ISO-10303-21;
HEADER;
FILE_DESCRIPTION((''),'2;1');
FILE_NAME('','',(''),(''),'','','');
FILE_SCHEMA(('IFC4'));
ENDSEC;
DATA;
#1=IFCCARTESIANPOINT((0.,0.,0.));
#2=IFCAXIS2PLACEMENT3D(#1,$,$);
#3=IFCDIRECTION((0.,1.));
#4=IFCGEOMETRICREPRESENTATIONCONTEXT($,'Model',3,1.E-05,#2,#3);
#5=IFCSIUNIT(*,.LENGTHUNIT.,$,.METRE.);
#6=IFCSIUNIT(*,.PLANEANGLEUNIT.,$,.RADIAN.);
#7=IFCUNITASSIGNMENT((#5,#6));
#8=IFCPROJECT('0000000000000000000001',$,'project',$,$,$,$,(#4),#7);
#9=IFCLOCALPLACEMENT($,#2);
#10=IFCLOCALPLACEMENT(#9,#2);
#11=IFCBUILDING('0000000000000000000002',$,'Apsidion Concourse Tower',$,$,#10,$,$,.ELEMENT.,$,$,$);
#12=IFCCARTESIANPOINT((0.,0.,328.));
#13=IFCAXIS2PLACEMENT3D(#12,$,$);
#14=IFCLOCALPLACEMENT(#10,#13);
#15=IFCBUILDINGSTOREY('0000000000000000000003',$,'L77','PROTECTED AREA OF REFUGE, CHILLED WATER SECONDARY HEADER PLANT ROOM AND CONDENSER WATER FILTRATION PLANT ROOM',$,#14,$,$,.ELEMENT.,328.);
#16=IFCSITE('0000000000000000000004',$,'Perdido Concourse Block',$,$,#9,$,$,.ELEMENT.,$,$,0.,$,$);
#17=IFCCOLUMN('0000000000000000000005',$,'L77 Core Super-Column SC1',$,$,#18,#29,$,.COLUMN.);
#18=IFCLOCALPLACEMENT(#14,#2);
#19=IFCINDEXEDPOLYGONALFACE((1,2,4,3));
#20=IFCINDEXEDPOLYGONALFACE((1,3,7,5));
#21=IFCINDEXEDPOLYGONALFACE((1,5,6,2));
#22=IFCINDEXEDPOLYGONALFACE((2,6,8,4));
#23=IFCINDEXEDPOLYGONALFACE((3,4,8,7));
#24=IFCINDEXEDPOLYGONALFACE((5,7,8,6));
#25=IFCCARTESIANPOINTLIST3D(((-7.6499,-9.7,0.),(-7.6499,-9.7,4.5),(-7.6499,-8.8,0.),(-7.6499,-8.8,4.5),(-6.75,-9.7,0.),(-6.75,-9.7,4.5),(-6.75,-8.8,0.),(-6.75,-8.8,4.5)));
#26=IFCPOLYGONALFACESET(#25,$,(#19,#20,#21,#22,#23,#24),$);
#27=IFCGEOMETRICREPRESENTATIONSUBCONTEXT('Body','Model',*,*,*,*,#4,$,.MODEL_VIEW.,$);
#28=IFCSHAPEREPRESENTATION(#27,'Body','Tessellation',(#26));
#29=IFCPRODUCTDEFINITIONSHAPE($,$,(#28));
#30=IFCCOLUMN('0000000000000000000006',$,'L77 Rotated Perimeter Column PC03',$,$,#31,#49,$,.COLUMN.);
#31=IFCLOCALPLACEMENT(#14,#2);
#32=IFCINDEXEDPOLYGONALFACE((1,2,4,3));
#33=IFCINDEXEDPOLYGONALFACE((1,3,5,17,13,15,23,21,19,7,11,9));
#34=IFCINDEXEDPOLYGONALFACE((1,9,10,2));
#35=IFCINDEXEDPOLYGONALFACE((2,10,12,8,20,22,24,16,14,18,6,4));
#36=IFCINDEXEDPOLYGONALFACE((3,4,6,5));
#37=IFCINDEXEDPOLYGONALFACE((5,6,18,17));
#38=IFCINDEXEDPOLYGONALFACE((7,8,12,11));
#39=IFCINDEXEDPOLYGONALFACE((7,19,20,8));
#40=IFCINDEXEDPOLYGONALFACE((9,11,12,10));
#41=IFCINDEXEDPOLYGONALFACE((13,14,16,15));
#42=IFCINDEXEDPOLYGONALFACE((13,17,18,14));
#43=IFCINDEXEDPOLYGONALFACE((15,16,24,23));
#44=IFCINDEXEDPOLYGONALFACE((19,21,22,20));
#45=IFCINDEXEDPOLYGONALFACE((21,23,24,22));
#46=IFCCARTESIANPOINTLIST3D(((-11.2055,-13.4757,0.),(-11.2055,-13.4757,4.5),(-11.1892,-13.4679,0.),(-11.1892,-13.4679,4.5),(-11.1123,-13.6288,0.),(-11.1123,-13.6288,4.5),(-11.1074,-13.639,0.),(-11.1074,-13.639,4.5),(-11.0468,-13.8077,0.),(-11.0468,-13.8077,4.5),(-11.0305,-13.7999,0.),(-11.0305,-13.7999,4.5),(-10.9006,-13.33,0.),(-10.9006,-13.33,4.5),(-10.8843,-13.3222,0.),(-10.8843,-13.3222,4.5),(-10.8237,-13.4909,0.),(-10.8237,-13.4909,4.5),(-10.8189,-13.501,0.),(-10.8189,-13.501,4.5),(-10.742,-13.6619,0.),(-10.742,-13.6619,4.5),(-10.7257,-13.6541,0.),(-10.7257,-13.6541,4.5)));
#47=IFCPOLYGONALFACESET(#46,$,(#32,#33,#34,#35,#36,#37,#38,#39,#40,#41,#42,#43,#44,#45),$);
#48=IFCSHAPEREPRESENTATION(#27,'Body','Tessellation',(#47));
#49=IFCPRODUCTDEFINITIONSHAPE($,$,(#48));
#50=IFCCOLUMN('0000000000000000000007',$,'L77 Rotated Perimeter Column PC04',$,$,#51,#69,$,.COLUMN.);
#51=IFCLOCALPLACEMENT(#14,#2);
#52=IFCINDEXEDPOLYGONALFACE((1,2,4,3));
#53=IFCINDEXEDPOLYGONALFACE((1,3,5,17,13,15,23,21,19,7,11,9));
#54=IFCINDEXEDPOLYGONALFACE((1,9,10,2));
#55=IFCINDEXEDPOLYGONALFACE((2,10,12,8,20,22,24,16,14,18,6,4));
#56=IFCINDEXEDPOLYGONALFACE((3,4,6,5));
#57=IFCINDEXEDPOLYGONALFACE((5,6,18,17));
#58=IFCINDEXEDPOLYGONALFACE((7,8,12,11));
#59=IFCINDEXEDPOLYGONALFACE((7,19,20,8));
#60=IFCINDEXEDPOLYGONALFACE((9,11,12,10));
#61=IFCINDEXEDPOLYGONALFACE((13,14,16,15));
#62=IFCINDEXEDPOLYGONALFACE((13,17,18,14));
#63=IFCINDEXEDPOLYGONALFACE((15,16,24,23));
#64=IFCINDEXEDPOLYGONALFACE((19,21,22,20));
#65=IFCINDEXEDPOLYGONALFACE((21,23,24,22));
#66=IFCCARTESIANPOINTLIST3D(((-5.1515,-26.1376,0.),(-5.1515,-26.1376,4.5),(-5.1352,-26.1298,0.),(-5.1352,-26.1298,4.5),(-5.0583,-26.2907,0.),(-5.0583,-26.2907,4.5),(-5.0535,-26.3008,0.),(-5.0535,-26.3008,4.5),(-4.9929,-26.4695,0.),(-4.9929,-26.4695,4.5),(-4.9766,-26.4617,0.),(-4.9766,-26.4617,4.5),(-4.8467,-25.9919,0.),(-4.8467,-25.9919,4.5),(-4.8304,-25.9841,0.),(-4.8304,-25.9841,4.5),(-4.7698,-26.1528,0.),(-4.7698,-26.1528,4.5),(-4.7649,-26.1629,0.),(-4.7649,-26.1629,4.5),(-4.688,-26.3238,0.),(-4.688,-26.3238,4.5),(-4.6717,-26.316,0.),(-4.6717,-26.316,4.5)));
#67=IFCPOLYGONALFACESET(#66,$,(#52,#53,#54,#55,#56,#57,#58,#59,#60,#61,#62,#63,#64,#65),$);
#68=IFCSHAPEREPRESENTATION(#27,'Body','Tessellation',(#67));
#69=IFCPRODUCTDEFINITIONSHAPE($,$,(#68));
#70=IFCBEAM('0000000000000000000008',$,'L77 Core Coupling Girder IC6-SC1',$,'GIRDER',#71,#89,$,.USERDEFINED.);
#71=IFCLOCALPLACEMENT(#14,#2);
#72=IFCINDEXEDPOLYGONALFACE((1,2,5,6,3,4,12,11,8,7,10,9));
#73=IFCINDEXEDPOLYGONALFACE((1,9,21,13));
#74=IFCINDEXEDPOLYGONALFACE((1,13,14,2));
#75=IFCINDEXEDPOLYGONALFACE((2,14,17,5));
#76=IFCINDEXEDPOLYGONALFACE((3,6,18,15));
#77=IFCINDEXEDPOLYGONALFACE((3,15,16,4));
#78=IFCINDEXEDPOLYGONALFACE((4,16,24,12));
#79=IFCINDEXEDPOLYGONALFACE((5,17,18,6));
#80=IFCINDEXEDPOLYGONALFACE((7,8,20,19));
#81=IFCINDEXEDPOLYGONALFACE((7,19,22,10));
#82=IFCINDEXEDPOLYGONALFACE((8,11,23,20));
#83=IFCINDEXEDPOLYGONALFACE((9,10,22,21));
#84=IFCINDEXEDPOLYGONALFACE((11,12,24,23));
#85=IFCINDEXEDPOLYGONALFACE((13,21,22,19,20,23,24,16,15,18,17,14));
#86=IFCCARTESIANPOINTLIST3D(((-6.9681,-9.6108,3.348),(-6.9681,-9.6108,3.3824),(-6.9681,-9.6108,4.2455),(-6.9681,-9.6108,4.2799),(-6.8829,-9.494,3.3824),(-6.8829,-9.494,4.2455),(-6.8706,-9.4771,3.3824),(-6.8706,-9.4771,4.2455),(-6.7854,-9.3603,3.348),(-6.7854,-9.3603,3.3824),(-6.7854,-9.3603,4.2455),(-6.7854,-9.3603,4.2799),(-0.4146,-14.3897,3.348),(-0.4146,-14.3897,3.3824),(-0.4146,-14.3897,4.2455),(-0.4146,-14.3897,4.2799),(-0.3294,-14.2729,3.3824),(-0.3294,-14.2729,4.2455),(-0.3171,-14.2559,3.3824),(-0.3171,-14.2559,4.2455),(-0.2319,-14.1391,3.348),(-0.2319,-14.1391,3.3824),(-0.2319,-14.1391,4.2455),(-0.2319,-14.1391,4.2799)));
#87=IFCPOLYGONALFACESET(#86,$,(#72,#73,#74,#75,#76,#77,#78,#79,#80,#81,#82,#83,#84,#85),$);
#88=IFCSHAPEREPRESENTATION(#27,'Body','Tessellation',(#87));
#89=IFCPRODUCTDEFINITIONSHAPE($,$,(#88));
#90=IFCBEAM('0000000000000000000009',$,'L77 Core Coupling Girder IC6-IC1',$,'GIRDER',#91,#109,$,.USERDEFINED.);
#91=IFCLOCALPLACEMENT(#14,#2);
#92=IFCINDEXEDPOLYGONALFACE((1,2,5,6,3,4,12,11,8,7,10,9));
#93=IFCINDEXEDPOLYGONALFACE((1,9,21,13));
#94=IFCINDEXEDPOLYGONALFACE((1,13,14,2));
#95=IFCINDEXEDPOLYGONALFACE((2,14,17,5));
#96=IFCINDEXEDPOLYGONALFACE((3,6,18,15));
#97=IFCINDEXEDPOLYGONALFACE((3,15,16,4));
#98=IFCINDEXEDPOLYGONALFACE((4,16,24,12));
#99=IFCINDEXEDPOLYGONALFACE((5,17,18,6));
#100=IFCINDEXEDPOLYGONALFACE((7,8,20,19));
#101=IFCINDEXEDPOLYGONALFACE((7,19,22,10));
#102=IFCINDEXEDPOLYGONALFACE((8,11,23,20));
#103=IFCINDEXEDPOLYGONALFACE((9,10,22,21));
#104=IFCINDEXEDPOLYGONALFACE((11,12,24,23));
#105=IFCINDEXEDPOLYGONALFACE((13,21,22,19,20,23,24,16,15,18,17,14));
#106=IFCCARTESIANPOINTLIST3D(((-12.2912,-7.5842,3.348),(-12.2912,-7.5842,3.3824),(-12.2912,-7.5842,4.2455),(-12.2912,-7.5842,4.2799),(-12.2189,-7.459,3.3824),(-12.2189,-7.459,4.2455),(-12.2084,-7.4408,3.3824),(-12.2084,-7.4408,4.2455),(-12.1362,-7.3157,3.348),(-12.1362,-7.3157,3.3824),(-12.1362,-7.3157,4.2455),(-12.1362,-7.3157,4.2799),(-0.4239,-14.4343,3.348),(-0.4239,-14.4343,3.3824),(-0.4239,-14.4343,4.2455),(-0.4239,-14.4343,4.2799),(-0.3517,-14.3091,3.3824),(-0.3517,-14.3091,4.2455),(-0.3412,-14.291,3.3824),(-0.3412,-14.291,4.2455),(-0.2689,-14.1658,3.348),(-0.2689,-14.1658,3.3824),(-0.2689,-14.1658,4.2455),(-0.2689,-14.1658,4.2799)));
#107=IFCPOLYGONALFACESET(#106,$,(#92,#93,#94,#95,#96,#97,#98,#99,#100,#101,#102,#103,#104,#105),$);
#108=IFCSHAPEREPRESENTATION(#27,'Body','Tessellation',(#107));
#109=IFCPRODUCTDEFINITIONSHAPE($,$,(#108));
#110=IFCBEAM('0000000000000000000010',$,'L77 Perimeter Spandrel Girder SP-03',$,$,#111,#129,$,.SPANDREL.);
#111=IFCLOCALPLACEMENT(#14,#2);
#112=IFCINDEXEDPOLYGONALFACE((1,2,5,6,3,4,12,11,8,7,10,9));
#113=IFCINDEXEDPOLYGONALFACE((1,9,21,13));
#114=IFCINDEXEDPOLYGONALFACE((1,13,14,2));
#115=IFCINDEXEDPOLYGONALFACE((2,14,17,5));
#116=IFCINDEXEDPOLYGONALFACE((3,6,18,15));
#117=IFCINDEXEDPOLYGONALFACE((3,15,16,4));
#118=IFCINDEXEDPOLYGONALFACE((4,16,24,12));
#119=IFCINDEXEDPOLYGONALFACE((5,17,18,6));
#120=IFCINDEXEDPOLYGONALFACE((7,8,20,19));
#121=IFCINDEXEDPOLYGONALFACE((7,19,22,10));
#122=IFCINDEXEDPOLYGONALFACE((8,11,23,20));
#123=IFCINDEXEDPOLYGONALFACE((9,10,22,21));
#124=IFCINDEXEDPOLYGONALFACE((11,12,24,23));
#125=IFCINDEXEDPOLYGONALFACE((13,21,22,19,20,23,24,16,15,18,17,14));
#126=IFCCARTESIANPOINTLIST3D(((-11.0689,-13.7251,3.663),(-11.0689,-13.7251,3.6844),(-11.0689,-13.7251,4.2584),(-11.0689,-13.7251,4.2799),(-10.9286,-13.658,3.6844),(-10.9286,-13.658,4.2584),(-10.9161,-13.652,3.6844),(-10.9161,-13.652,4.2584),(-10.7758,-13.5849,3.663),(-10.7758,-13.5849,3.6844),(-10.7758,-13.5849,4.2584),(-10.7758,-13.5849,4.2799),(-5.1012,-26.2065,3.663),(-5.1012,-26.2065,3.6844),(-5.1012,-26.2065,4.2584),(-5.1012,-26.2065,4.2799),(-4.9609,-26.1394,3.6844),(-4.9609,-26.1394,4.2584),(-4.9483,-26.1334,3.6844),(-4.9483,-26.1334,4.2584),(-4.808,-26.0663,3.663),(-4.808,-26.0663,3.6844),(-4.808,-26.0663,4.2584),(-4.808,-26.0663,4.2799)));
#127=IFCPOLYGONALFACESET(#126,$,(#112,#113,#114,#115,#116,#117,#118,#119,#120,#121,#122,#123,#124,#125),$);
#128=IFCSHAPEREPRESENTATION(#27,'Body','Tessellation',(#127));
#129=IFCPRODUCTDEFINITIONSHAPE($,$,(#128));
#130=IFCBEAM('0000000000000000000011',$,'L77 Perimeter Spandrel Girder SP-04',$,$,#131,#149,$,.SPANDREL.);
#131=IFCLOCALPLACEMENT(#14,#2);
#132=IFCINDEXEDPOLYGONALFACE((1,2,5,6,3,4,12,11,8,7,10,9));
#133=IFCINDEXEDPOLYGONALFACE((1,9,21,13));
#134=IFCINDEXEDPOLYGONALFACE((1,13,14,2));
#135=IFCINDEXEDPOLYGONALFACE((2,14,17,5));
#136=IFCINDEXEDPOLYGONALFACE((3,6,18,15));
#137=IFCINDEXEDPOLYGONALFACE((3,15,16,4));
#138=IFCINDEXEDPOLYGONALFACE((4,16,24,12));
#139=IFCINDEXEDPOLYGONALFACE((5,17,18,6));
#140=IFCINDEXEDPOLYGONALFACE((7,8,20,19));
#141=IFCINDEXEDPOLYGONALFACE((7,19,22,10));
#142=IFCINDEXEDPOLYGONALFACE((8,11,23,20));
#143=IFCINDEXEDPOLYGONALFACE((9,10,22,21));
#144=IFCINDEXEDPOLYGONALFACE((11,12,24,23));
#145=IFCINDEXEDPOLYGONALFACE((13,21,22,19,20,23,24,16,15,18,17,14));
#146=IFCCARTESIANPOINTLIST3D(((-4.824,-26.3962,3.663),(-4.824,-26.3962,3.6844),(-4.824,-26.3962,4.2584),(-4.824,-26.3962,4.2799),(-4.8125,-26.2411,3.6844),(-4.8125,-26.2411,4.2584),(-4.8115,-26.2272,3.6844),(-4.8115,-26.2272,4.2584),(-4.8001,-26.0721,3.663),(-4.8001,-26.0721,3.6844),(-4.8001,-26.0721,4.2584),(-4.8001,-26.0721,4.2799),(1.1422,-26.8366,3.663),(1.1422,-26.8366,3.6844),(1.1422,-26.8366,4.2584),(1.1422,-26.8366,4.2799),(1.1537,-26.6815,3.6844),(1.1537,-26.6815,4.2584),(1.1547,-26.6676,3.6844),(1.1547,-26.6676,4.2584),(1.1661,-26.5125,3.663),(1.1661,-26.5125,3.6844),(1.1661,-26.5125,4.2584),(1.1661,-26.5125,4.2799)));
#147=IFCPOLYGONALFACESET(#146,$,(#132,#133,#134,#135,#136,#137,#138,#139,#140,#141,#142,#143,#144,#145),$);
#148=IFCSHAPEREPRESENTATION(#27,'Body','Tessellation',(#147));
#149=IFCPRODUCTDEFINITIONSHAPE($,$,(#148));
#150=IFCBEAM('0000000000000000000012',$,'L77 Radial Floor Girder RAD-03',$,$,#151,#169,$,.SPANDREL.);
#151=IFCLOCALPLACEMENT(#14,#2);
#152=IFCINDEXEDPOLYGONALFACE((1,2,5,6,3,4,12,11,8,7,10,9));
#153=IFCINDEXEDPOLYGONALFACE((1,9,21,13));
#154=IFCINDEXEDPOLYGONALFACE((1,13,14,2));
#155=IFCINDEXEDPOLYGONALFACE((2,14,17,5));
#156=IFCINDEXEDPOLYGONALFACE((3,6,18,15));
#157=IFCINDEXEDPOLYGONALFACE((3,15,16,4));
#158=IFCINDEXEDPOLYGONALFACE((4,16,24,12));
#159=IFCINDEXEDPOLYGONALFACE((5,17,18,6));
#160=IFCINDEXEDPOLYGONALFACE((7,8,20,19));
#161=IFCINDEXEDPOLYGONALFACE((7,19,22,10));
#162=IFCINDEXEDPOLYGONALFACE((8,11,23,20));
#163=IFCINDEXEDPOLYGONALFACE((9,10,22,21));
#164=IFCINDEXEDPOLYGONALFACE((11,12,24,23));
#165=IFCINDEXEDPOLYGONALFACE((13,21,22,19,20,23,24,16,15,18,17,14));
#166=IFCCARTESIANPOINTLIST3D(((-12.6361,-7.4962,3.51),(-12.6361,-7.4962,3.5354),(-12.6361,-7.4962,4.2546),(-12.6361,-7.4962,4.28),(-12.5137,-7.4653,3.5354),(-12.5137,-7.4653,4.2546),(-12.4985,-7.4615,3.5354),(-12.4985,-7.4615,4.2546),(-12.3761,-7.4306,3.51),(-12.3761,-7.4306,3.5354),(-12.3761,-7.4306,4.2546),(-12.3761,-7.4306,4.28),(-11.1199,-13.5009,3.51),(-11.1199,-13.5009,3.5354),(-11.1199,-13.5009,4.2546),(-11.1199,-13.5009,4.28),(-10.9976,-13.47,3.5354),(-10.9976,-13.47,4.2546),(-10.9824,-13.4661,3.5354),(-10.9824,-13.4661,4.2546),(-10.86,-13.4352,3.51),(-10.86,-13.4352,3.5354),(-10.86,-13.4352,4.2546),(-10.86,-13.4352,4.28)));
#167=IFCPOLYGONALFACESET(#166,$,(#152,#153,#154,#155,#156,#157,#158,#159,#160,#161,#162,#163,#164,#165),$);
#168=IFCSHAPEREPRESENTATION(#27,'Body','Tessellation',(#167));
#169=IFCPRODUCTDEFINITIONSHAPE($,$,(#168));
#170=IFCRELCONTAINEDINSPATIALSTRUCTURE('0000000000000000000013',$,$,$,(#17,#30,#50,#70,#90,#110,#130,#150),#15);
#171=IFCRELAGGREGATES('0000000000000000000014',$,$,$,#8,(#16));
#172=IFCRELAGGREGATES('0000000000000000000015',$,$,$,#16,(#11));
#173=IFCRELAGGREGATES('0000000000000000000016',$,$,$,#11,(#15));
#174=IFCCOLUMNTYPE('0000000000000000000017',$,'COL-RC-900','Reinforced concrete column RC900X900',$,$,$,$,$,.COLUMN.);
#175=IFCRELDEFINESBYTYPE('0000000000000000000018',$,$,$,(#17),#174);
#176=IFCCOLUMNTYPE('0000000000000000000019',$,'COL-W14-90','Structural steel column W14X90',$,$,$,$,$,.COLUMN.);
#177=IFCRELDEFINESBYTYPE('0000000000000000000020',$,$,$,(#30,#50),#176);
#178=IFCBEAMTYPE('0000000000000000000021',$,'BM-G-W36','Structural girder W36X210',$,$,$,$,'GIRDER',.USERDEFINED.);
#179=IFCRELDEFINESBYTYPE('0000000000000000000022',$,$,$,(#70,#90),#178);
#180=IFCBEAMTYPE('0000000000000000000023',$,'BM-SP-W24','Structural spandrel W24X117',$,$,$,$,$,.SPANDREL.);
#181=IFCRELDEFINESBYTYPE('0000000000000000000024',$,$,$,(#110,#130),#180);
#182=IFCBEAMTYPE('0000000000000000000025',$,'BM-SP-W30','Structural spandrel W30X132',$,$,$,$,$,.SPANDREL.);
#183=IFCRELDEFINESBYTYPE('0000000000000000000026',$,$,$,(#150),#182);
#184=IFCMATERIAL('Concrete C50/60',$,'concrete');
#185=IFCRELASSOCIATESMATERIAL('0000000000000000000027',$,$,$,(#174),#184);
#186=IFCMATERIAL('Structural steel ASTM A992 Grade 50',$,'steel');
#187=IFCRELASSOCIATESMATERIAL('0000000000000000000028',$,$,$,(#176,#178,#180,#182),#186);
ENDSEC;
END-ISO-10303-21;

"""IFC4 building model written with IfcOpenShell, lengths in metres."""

from ifc_helpers import new_model, si_unit, direction, frame, origin, origin_2d, place, context, subcontext, project, spatial, rectangle, i_section, extrude, material, material_profile, profile_set, type_object, element, save


model = new_model("IFC4")

# Units and contexts
model_context = context("Model", 3, precision=1e-05, world=origin(), true_north=direction((0.0, 1.0)))
body_context = subcontext(model_context, "Body", "Model", "MODEL_VIEW")
ifc_project = project(units=[si_unit("LENGTHUNIT", "METRE"), si_unit("PLANEANGLEUNIT", "RADIAN")], contexts=[model_context])

# Site, building, storey
site_placement = place(None, origin())
site = spatial("IfcSite", under=ifc_project, at=site_placement, Name="Perdido Concourse Block", CompositionType="ELEMENT", RefElevation=0.0)
building_placement = place(site_placement, origin())
building = spatial("IfcBuilding", under=site, at=building_placement, Name="Apsidion Concourse Tower", CompositionType="ELEMENT")
storey_placement = place(building_placement, frame((0.0, 0.0, 328.0)))
storey = spatial("IfcBuildingStorey", under=building, at=storey_placement, Name="L77", Description="PROTECTED AREA OF REFUGE, CHILLED WATER SECONDARY HEADER PLANT ROOM AND CONDENSER WATER FILTRATION PLANT ROOM", CompositionType="ELEMENT", Elevation=328.0)

# Columns
ifc_material_1 = material(Name="Concrete C50/60", Category="concrete")
ifc_material_profile_1 = material_profile(ifc_material_1, rectangle(XDim=0.8999, YDim=0.8999, at=origin_2d()), Name="RC 900x900")
ifc_profile_set_1 = profile_set([ifc_material_profile_1], Name="Concrete C50/60")
column_type_1 = type_object("IfcColumnType", Name="COL-RC-900", Description="Reinforced concrete column RC900X900", PredefinedType="COLUMN", material=ifc_profile_set_1)
column_placement = place(storey_placement, frame((-7.2, -9.25, 0.0), z_axis=(0.0, 0.0, 1.0), x_axis=(1.0, 0.0, 0.0)))
element("IfcColumn", 1, at=column_placement, inside=storey, type_object=column_type_1, Name="L77 Core Super-Column SC1", PredefinedType="COLUMN", context=body_context, shape_type="SweptSolid", body=[
    extrude(rectangle(XDim=0.8999, YDim=0.8999, at=origin_2d()), origin(), (0.0, 0.0, 1.0), 4.5),
])
ifc_material_2 = material(Name="Structural steel ASTM A992 Grade 50", Category="steel")
ifc_material_profile_2 = material_profile(ifc_material_2, i_section(OverallWidth=0.3679, OverallDepth=0.356, WebThickness=0.0112, FlangeThickness=0.0181, at=origin_2d()), Name="W14X90")
ifc_profile_set_2 = profile_set([ifc_material_profile_2], Name="Structural steel ASTM A992 Grade 50")
column_type_2 = type_object("IfcColumnType", Name="COL-W14-90", Description="Structural steel column W14X90", PredefinedType="COLUMN", material=ifc_profile_set_2)
for number, where, z_axis, x_axis, name in (
    (2, (-10.9656, -13.5649, 0.0), (0.0, 0.0, 1.0), (-0.431299, 0.902209, 0.0), "L77 Rotated Perimeter Column PC03"),
    (3, (-4.9116, -26.2268, 0.0), (0.0, 0.0, 1.0), (-0.431299, 0.902209, 0.0), "L77 Rotated Perimeter Column PC04"),
):
    element("IfcColumn", number, at=place(storey_placement, frame(where, z_axis=z_axis, x_axis=x_axis)), inside=storey, type_object=column_type_2, Name=name, PredefinedType="COLUMN", context=body_context, shape_type="SweptSolid", body=[
        extrude(i_section(OverallWidth=0.3679, OverallDepth=0.356, WebThickness=0.0112, FlangeThickness=0.0181, at=origin_2d()), origin(), (0.0, 0.0, 1.0), 4.5),
    ])

# Beams
ifc_material_profile_3 = material_profile(ifc_material_2, i_section(OverallWidth=0.3101, OverallDepth=0.9319, WebThickness=0.021, FlangeThickness=0.0344, at=origin_2d()), Name="W36X210")
ifc_profile_set_3 = profile_set([ifc_material_profile_3], Name="Structural steel ASTM A992 Grade 50")
beam_type_1 = type_object("IfcBeamType", Name="BM-G-W36", Description="Structural girder W36X210", ElementType="GIRDER", PredefinedType="USERDEFINED", material=ifc_profile_set_3)
beam_1_placement = place(storey_placement, frame((-0.3232, -14.2644, 3.814), z_axis=(-0.807993, 0.589191, 0.0), x_axis=(-0.589191, -0.807993, 0.0)))
element("IfcBeam", 4, at=beam_1_placement, inside=storey, type_object=beam_type_1, Name="L77 Core Coupling Girder IC6-SC1", ObjectType="GIRDER", PredefinedType="USERDEFINED", context=body_context, shape_type="SweptSolid", body=[
    extrude(i_section(OverallWidth=0.3101, OverallDepth=0.9319, WebThickness=0.021, FlangeThickness=0.0344, at=origin_2d()), origin(), (0.0, 0.0, 1.0), 8.1108),
])
beam_2_placement = place(storey_placement, frame((-0.3464, -14.3, 3.814), z_axis=(-0.86607, 0.499922, 0.0), x_axis=(-0.499922, -0.86607, 0.0)))
element("IfcBeam", 5, at=beam_2_placement, inside=storey, type_object=beam_type_1, Name="L77 Core Coupling Girder IC6-IC1", ObjectType="GIRDER", PredefinedType="USERDEFINED", context=body_context, shape_type="SweptSolid", body=[
    extrude(i_section(OverallWidth=0.3101, OverallDepth=0.9319, WebThickness=0.021, FlangeThickness=0.0344, at=origin_2d()), origin(), (0.0, 0.0, 1.0), 13.7024),
])
ifc_material_profile_4 = material_profile(ifc_material_2, i_section(OverallWidth=0.325, OverallDepth=0.6169, WebThickness=0.0139, FlangeThickness=0.0215, at=origin_2d()), Name="W24X117")
ifc_profile_set_4 = profile_set([ifc_material_profile_4], Name="Structural steel ASTM A992 Grade 50")
beam_type_2 = type_object("IfcBeamType", Name="BM-SP-W24", Description="Structural spandrel W24X117", PredefinedType="SPANDREL", material=ifc_profile_set_4)
beam_3_placement = place(storey_placement, frame((-10.9224, -13.655, 3.9714), z_axis=(0.431361, -0.90218, 0.0), x_axis=(0.90218, 0.431361, 0.0)))
element("IfcBeam", 6, at=beam_3_placement, inside=storey, type_object=beam_type_2, Name="L77 Perimeter Spandrel Girder SP-03", PredefinedType="SPANDREL", context=body_context, shape_type="SweptSolid", body=[
    extrude(i_section(OverallWidth=0.325, OverallDepth=0.6169, WebThickness=0.0139, FlangeThickness=0.0215, at=origin_2d()), origin(), (0.0, 0.0, 1.0), 13.8347),
])
beam_4_placement = place(storey_placement, frame((-4.812, -26.2341, 3.9714), z_axis=(0.997286, -0.073619, 0.0), x_axis=(0.073619, 0.997286, 0.0)))
element("IfcBeam", 7, at=beam_4_placement, inside=storey, type_object=beam_type_2, Name="L77 Perimeter Spandrel Girder SP-04", PredefinedType="SPANDREL", context=body_context, shape_type="SweptSolid", body=[
    extrude(i_section(OverallWidth=0.325, OverallDepth=0.6169, WebThickness=0.0139, FlangeThickness=0.0215, at=origin_2d()), origin(), (0.0, 0.0, 1.0), 5.9824),
])
ifc_material_profile_5 = material_profile(ifc_material_2, i_section(OverallWidth=0.2681, OverallDepth=0.77, WebThickness=0.0156, FlangeThickness=0.0254, at=origin_2d()), Name="W30X132")
ifc_profile_set_5 = profile_set([ifc_material_profile_5], Name="Structural steel ASTM A992 Grade 50")
beam_type_3 = type_object("IfcBeamType", Name="BM-SP-W30", Description="Structural spandrel W30X132", PredefinedType="SPANDREL", material=ifc_profile_set_5)
beam_5_placement = place(storey_placement, frame((-12.5061, -7.4634, 3.895), z_axis=(0.244807, -0.969572, 0.0), x_axis=(0.969572, 0.244807, 0.0)))
element("IfcBeam", 8, at=beam_5_placement, inside=storey, type_object=beam_type_3, Name="L77 Radial Floor Girder RAD-03", PredefinedType="SPANDREL", context=body_context, shape_type="SweptSolid", body=[
    extrude(i_section(OverallWidth=0.2681, OverallDepth=0.77, WebThickness=0.0156, FlangeThickness=0.0254, at=origin_2d()), origin(), (0.0, 0.0, 1.0), 6.1931),
])

save(model, "model.ifc")
